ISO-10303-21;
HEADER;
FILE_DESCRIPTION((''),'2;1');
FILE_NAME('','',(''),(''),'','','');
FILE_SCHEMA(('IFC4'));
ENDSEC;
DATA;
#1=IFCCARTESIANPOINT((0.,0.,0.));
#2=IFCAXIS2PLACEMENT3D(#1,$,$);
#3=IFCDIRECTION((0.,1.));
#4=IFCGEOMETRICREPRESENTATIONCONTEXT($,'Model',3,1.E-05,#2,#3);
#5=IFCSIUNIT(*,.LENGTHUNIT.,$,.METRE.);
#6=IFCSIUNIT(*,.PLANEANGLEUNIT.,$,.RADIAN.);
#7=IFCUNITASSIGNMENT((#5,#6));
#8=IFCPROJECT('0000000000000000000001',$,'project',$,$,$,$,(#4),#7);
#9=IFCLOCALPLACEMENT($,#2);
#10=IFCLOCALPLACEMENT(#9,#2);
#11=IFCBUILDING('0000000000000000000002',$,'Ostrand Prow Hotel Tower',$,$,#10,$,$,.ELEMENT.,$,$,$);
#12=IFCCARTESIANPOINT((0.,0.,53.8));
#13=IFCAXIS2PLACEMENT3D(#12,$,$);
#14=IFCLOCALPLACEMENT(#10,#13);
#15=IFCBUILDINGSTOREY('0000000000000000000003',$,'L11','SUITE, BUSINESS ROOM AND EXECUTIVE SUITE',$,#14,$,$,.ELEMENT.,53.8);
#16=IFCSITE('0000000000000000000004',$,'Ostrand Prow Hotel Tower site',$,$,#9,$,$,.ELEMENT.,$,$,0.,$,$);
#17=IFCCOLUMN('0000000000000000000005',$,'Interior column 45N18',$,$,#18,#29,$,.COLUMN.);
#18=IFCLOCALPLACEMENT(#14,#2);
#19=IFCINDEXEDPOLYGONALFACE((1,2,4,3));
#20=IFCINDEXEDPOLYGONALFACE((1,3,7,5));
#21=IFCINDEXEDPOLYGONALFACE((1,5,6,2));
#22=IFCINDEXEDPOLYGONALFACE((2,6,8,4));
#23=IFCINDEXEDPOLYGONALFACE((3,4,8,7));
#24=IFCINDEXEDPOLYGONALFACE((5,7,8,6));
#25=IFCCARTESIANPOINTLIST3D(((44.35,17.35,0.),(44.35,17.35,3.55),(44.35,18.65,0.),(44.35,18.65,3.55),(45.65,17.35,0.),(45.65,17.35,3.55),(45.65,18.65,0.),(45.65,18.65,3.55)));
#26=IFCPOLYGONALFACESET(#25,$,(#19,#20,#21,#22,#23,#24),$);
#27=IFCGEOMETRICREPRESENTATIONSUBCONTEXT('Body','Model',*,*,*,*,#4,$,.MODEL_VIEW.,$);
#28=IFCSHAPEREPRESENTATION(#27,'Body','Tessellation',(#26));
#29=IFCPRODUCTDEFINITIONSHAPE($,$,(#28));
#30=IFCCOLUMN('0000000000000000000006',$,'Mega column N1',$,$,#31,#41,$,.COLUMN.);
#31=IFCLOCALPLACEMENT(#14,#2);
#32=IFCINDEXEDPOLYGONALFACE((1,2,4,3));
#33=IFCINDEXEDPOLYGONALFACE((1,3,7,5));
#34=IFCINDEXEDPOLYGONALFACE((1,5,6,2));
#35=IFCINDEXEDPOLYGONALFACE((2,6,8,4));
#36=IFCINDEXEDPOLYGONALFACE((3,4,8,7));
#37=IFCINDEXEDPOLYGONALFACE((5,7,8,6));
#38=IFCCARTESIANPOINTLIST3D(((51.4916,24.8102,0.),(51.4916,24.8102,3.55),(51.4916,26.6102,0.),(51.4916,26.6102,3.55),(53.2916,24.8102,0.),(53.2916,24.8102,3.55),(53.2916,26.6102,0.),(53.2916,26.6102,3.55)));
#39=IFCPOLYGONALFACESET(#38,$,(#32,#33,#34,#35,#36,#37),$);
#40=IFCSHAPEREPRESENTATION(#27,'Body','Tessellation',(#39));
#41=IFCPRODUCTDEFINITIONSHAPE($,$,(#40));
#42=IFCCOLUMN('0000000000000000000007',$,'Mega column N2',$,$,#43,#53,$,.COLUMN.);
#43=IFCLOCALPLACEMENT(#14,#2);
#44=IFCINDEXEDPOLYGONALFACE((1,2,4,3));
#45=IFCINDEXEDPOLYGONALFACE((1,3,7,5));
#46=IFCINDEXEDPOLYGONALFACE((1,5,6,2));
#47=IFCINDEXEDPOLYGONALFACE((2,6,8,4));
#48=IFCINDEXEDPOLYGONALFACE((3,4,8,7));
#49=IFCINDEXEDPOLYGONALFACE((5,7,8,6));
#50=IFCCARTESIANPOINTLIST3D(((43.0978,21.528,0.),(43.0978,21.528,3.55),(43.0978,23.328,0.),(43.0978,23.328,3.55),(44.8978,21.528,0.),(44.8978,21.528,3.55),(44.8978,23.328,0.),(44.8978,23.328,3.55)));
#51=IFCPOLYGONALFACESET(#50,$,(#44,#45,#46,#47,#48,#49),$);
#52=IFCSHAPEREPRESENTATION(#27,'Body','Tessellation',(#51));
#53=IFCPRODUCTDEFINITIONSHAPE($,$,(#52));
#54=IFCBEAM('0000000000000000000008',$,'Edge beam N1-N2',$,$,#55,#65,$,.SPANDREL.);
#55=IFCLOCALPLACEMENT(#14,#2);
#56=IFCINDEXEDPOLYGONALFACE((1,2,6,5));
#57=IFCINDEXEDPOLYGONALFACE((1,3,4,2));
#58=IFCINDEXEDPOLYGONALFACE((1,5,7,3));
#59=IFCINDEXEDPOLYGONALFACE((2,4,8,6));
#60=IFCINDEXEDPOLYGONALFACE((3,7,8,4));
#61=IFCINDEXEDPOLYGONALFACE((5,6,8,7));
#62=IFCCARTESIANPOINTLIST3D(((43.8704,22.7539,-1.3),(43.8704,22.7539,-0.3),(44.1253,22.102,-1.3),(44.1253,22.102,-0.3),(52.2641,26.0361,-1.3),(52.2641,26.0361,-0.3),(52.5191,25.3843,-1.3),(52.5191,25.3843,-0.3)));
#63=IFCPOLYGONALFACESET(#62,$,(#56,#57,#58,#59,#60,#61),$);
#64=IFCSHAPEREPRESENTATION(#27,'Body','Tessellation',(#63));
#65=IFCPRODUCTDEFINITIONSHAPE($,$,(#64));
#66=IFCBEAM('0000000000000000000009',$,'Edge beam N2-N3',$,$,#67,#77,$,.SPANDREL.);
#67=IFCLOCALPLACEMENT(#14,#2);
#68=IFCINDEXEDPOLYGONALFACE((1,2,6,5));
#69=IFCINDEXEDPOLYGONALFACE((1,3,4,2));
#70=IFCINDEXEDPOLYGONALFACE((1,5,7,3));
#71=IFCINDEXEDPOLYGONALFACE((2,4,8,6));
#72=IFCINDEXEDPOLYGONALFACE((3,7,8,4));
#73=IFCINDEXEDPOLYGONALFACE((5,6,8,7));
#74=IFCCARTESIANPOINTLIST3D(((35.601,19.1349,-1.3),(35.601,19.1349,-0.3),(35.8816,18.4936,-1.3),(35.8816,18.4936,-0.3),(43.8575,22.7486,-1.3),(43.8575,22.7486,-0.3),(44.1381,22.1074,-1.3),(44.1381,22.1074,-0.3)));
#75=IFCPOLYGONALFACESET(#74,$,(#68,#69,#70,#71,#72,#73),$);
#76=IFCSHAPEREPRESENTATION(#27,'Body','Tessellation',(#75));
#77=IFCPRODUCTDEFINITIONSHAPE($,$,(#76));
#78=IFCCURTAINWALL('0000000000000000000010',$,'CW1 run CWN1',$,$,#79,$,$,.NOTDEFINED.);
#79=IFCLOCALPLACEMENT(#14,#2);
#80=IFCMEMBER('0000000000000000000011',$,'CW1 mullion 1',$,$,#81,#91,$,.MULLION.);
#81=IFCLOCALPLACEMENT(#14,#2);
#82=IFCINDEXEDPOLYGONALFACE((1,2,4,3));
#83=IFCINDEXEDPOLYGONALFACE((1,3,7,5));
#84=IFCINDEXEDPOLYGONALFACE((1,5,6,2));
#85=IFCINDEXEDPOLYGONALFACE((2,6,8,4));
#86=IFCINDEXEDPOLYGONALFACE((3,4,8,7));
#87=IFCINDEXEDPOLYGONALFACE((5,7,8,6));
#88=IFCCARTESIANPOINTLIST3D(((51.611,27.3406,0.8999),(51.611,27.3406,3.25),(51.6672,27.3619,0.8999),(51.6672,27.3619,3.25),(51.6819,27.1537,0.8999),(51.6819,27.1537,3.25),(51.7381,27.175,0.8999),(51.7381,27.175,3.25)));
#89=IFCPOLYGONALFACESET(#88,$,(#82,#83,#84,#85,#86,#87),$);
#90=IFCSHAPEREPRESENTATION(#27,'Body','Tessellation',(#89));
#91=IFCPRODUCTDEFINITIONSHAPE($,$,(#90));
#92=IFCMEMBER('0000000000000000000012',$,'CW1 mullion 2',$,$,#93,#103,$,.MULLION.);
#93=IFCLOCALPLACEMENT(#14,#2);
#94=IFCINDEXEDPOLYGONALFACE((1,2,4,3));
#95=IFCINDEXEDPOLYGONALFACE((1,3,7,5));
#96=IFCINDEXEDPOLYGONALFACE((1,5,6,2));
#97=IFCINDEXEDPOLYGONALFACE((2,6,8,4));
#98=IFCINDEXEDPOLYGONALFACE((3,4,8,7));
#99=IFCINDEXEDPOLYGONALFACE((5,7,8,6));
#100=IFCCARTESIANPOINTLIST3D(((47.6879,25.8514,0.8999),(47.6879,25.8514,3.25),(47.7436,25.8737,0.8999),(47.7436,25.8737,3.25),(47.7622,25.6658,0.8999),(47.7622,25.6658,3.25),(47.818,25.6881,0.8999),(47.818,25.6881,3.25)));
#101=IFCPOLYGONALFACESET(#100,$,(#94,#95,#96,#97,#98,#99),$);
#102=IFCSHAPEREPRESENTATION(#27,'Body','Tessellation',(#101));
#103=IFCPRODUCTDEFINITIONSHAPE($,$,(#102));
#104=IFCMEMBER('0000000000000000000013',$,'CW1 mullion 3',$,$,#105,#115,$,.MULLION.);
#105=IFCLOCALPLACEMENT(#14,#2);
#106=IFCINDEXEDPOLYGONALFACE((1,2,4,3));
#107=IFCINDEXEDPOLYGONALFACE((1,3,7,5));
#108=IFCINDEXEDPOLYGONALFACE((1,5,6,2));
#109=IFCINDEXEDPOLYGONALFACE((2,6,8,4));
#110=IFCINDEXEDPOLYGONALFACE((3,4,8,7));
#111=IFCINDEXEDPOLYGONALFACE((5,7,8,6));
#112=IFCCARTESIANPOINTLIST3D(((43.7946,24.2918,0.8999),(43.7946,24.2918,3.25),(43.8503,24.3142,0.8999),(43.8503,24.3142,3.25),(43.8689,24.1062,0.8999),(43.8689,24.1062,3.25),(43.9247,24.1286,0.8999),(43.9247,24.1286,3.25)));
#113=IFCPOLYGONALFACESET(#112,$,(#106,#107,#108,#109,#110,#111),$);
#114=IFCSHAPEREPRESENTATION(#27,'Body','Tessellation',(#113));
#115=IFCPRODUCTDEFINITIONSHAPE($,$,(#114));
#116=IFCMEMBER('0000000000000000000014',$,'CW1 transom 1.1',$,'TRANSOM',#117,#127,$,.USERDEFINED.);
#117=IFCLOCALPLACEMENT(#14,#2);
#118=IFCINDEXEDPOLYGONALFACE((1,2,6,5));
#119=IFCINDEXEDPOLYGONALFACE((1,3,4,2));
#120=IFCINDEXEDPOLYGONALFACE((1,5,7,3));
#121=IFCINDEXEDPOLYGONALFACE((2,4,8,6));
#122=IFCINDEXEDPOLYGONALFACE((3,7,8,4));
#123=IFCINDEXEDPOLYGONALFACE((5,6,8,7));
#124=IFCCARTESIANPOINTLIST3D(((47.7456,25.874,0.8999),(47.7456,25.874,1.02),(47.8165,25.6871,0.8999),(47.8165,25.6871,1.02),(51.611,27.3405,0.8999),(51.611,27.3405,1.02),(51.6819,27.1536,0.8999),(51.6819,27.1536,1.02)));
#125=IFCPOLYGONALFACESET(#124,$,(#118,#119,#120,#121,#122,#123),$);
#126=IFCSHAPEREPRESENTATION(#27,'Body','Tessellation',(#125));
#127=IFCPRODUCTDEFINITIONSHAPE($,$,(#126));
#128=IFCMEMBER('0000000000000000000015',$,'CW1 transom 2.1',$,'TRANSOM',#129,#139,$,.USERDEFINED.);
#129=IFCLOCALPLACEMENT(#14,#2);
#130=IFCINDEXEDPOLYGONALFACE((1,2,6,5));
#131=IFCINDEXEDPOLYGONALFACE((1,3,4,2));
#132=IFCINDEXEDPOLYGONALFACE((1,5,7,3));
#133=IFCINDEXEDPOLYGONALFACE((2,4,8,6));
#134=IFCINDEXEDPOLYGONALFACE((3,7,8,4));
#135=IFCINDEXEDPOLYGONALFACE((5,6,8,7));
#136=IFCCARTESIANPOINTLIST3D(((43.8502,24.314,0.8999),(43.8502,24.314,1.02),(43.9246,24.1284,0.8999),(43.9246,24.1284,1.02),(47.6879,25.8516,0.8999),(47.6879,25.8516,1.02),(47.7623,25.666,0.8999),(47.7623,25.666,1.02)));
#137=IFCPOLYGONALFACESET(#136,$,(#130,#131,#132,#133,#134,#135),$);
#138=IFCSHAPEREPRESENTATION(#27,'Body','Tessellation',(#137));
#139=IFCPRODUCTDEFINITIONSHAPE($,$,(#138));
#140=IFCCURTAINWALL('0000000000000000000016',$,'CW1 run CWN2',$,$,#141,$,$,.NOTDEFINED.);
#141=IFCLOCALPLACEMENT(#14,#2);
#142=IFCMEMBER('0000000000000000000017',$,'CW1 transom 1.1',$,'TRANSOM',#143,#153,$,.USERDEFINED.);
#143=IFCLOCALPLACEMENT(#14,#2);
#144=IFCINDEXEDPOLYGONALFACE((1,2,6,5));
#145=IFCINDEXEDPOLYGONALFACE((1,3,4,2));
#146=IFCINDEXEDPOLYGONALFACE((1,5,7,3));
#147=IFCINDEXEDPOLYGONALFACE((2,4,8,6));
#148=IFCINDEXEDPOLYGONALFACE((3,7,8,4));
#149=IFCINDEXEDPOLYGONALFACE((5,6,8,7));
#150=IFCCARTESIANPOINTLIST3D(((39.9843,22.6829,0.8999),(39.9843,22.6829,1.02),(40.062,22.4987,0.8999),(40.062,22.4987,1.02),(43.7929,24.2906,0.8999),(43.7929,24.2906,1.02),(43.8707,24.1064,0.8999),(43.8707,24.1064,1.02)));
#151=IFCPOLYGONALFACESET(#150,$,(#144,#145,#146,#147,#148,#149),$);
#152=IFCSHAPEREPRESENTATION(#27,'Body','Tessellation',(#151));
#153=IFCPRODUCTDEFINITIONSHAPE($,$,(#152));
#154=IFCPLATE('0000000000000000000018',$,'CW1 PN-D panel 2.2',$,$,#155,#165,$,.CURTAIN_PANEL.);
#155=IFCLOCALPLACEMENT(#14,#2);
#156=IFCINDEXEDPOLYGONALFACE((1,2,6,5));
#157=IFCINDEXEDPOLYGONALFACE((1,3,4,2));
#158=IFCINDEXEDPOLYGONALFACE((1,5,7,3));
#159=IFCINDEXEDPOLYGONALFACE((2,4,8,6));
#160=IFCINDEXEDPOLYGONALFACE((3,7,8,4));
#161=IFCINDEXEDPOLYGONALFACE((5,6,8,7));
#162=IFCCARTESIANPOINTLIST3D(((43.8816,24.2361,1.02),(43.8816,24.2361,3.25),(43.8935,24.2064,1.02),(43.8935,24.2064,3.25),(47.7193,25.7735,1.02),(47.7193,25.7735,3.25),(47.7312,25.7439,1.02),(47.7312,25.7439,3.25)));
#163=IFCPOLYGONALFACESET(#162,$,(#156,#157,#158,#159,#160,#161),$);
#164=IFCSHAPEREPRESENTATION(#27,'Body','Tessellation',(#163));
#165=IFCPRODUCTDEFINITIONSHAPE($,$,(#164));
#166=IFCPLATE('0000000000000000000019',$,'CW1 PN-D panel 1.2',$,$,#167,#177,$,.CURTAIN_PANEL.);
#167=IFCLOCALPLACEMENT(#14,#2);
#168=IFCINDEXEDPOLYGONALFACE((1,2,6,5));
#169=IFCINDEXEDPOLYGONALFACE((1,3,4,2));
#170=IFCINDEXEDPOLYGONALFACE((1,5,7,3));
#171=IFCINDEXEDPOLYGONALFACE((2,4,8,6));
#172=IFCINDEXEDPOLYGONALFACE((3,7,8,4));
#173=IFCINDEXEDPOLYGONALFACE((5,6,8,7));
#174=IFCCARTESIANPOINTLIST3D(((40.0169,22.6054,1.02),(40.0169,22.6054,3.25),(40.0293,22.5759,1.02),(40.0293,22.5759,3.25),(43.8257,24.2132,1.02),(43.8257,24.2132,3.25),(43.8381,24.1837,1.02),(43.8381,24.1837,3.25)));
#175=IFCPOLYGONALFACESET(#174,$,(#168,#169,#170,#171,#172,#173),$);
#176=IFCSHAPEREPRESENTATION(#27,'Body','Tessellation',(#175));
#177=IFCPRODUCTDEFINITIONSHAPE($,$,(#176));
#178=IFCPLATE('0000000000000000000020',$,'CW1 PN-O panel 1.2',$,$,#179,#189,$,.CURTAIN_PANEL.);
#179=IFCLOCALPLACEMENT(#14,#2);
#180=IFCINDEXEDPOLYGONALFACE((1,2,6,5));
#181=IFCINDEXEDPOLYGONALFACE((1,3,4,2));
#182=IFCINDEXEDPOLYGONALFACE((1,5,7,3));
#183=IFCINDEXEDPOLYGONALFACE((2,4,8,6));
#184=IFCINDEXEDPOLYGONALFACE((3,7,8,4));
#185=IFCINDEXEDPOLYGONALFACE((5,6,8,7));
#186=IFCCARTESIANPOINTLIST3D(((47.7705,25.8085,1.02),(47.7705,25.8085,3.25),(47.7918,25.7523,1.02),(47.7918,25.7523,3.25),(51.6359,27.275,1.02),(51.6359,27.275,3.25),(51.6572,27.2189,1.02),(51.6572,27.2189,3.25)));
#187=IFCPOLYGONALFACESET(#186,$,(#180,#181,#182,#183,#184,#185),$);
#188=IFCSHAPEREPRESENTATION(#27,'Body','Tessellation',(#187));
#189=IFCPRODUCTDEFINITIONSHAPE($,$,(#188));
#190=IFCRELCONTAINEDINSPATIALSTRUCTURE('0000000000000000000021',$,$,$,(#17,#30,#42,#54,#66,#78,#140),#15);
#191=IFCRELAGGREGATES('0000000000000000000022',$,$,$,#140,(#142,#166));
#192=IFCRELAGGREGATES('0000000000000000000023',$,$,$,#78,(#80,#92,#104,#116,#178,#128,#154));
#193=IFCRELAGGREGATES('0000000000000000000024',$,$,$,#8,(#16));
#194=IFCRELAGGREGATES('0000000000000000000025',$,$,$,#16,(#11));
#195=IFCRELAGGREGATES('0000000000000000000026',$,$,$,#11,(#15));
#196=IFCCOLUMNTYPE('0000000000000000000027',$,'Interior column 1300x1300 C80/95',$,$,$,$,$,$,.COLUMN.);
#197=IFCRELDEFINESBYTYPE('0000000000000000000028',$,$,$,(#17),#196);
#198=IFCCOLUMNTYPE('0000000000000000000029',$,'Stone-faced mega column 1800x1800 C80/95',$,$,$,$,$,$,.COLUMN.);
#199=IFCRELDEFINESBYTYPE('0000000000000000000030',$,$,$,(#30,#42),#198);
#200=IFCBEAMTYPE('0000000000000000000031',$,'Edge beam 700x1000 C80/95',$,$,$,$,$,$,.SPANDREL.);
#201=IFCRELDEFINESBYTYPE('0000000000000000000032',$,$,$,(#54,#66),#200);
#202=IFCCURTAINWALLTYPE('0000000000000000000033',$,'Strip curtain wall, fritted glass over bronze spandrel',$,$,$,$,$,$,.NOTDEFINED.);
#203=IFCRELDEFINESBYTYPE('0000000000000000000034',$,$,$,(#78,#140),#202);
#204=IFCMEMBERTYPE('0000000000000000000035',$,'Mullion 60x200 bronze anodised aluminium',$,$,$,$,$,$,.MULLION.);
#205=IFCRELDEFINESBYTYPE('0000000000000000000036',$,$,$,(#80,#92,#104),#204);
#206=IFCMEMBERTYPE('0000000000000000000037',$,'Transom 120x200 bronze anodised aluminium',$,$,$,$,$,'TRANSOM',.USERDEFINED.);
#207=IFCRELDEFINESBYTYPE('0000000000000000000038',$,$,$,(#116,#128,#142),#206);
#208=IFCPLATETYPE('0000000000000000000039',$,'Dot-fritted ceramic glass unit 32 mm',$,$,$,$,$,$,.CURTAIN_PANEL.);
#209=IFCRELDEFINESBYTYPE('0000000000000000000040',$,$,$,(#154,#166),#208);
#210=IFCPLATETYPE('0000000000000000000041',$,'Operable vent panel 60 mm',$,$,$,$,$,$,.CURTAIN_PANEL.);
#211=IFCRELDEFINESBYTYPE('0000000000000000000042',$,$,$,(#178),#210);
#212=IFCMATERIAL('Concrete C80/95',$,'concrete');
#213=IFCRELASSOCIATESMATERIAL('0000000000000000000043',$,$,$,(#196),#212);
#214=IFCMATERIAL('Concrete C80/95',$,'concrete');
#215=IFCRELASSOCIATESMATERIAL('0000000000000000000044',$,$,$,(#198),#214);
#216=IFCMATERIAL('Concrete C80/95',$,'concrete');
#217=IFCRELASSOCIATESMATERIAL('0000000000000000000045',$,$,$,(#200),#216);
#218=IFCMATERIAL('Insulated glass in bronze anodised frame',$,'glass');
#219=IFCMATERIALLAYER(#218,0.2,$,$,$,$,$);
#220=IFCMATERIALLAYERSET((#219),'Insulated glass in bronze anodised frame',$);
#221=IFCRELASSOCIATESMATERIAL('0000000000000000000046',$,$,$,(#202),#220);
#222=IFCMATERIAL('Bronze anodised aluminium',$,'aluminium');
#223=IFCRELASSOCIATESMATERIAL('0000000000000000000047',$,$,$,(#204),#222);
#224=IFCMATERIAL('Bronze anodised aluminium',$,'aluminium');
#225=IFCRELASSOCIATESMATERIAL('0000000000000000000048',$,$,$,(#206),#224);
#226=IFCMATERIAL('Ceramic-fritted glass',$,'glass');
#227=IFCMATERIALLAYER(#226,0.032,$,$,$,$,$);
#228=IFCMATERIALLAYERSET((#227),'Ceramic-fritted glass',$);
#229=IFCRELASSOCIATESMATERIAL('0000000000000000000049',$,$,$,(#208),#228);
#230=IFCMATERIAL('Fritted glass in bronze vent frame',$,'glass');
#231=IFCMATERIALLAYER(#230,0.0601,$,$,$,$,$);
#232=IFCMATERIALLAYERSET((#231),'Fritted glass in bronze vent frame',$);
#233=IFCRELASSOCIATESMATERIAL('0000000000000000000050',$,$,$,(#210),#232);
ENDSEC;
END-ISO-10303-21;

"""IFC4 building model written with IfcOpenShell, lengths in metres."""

from ifc_helpers import new_model, si_unit, direction, frame, origin, origin_2d, place, context, subcontext, project, spatial, rectangle, extrude, material, layer, layer_set, material_profile, profile_set, type_object, element, aggregate, save


model = new_model("IFC4")

# Units and contexts
model_context = context("Model", 3, precision=1e-05, world=origin(), true_north=direction((0.0, 1.0)))
body_context = subcontext(model_context, "Body", "Model", "MODEL_VIEW")
ifc_project = project(units=[si_unit("LENGTHUNIT", "METRE"), si_unit("PLANEANGLEUNIT", "RADIAN")], contexts=[model_context])

# Site, building, storey
site_placement = place(None, origin())
site = spatial("IfcSite", under=ifc_project, at=site_placement, Name="Ostrand Prow Hotel Tower site", CompositionType="ELEMENT", RefElevation=0.0)
building_placement = place(site_placement, origin())
building = spatial("IfcBuilding", under=site, at=building_placement, Name="Ostrand Prow Hotel Tower", CompositionType="ELEMENT")
storey_placement = place(building_placement, frame((0.0, 0.0, 53.8)))
storey = spatial("IfcBuildingStorey", under=building, at=storey_placement, Name="L11", Description="SUITE, BUSINESS ROOM AND EXECUTIVE SUITE", CompositionType="ELEMENT", Elevation=53.8)

# Columns
ifc_material_1 = material(Name="Concrete C80/95", Category="concrete")
ifc_material_profile_1 = material_profile(ifc_material_1, rectangle(XDim=1.3, YDim=1.3, at=origin_2d()), Name="RC 1300x1300")
ifc_profile_set_1 = profile_set([ifc_material_profile_1], Name="Concrete C80/95")
column_type_1 = type_object("IfcColumnType", Name="Interior column 1300x1300 C80/95", PredefinedType="COLUMN", material=ifc_profile_set_1)
column_placement = place(storey_placement, frame((45.0, 18.0, 0.0), z_axis=(0.0, 0.0, 1.0), x_axis=(1.0, 0.0, 0.0)))
element("IfcColumn", 1, at=column_placement, inside=storey, type_object=column_type_1, Name="Interior column 45N18", PredefinedType="COLUMN", context=body_context, shape_type="SweptSolid", body=[
    extrude(rectangle(XDim=1.3, YDim=1.3, at=origin_2d()), origin(), (0.0, 0.0, 1.0), 3.55),
])
ifc_material_2 = material(Name="Concrete C80/95", Category="concrete")
ifc_material_profile_2 = material_profile(ifc_material_2, rectangle(XDim=1.8, YDim=1.8, at=origin_2d()), Name="RC 1800x1800")
ifc_profile_set_2 = profile_set([ifc_material_profile_2], Name="Concrete C80/95")
column_type_2 = type_object("IfcColumnType", Name="Stone-faced mega column 1800x1800 C80/95", PredefinedType="COLUMN", material=ifc_profile_set_2)
for number, where, z_axis, x_axis, name in (
    (2, (52.3916, 25.7102, 0.0), (0.0, 0.0, 1.0), (1.0, 0.0, 0.0), "Mega column N1"),
    (3, (43.9978, 22.428, 0.0), (0.0, 0.0, 1.0), (1.0, 0.0, 0.0), "Mega column N2"),
):
    element("IfcColumn", number, at=place(storey_placement, frame(where, z_axis=z_axis, x_axis=x_axis)), inside=storey, type_object=column_type_2, Name=name, PredefinedType="COLUMN", context=body_context, shape_type="SweptSolid", body=[
        extrude(rectangle(XDim=1.8, YDim=1.8, at=origin_2d()), origin(), (0.0, 0.0, 1.0), 3.55),
    ])

# Beams
ifc_material_3 = material(Name="Concrete C80/95", Category="concrete")
ifc_material_profile_3 = material_profile(ifc_material_3, rectangle(XDim=0.7, YDim=1.0, at=origin_2d()), Name="RC 700x1000")
ifc_profile_set_3 = profile_set([ifc_material_profile_3], Name="Concrete C80/95")
beam_type = type_object("IfcBeamType", Name="Edge beam 700x1000 C80/95", PredefinedType="SPANDREL", material=ifc_profile_set_3)
for number, where, z_axis, x_axis, name in (
    (4, (52.3916, 25.7102, -0.8), (-0.931329, -0.364178, 0.0), (0.364178, -0.931329, 0.0), "Edge beam N1-N2"),
    (5, (43.9978, 22.428, -0.8), (-0.916096, -0.40096, 0.0), (0.40096, -0.916096, 0.0), "Edge beam N2-N3"),
):
    element("IfcBeam", number, at=place(storey_placement, frame(where, z_axis=z_axis, x_axis=x_axis)), inside=storey, type_object=beam_type, Name=name, PredefinedType="SPANDREL", context=body_context, shape_type="SweptSolid", body=[
        extrude(rectangle(XDim=0.7, YDim=1.0, at=origin_2d()), origin(), (0.0, 0.0, 1.0), 9.0127),
    ])

# Curtain wall, members
ifc_material_4 = material(Name="Insulated glass in bronze anodised frame", Category="glass")
ifc_layer_1 = layer(ifc_material_4, 0.2)
ifc_layer_set_1 = layer_set([ifc_layer_1], Name="Insulated glass in bronze anodised frame")
curtain_wall_type = type_object("IfcCurtainWallType", Name="Strip curtain wall, fritted glass over bronze spandrel", PredefinedType="NOTDEFINED", material=ifc_layer_set_1)
curtain_wall_1_placement = place(storey_placement, origin())
curtain_wall_1 = element("IfcCurtainWall", 6, at=curtain_wall_1_placement, inside=storey, type_object=curtain_wall_type, Name="CW1 run CWN1", PredefinedType="NOTDEFINED")
ifc_material_5 = material(Name="Bronze anodised aluminium", Category="aluminium")
ifc_material_profile_4 = material_profile(ifc_material_5, rectangle(XDim=0.2, YDim=0.0601, at=origin_2d()), Name="Mullion 60x200 bronze anodised aluminium")
ifc_profile_set_4 = profile_set([ifc_material_profile_4], Name="Bronze anodised aluminium")
member_type_1 = type_object("IfcMemberType", Name="Mullion 60x200 bronze anodised aluminium", PredefinedType="MULLION", material=ifc_profile_set_4)
member_1_placement = place(storey_placement, frame((51.6746, 27.2578, 0.8999), z_axis=(0.0, 0.0, 1.0), x_axis=(0.354728, -0.934969, 0.0)))
member_1 = element("IfcMember", 7, at=member_1_placement, type_object=member_type_1, Name="CW1 mullion 1", PredefinedType="MULLION", context=body_context, shape_type="SweptSolid", body=[
    extrude(rectangle(XDim=0.2, YDim=0.0601, at=origin_2d()), origin(), (0.0, 0.0, 1.0), 2.3501),
])
member_2_placement = place(storey_placement, frame((47.7529, 25.7698, 0.8999), z_axis=(0.0, 0.0, 1.0), x_axis=(0.371873, -0.928283, 0.0)))
member_2 = element("IfcMember", 8, at=member_2_placement, type_object=member_type_1, Name="CW1 mullion 2", PredefinedType="MULLION", context=body_context, shape_type="SweptSolid", body=[
    extrude(rectangle(XDim=0.2, YDim=0.0601, at=origin_2d()), origin(), (0.0, 0.0, 1.0), 2.3501),
])
member_3_placement = place(storey_placement, frame((43.8596, 24.2102, 0.8999), z_axis=(0.0, 0.0, 1.0), x_axis=(0.371873, -0.928283, 0.0)))
member_3 = element("IfcMember", 9, at=member_3_placement, type_object=member_type_1, Name="CW1 mullion 3", PredefinedType="MULLION", context=body_context, shape_type="SweptSolid", body=[
    extrude(rectangle(XDim=0.2, YDim=0.0601, at=origin_2d()), origin(), (0.0, 0.0, 1.0), 2.3501),
])
ifc_material_6 = material(Name="Bronze anodised aluminium", Category="aluminium")
ifc_material_profile_5 = material_profile(ifc_material_6, rectangle(XDim=0.2, YDim=0.1201, at=origin_2d()), Name="Transom 120x200 bronze anodised aluminium")
ifc_profile_set_5 = profile_set([ifc_material_profile_5], Name="Bronze anodised aluminium")
member_type_2 = type_object("IfcMemberType", Name="Transom 120x200 bronze anodised aluminium", ElementType="TRANSOM", PredefinedType="USERDEFINED", material=ifc_profile_set_5)
member_4_placement = place(storey_placement, frame((51.6465, 27.2471, 0.96), z_axis=(-0.934971, -0.354725, 0.0), x_axis=(0.354725, -0.934971, 0.0)))
member_4 = element("IfcMember", 10, at=member_4_placement, type_object=member_type_2, Name="CW1 transom 1.1", ObjectType="TRANSOM", PredefinedType="USERDEFINED", context=body_context, shape_type="SweptSolid", body=[
    extrude(rectangle(XDim=0.2, YDim=0.1201, at=origin_2d()), origin(), (0.0, 0.0, 1.0), 4.1343),
])
member_5_placement = place(storey_placement, frame((47.7251, 25.7588, 0.96), z_axis=(-0.928265, -0.37192, 0.0), x_axis=(0.37192, -0.928265, 0.0)))
member_5 = element("IfcMember", 11, at=member_5_placement, type_object=member_type_2, Name="CW1 transom 2.1", ObjectType="TRANSOM", PredefinedType="USERDEFINED", context=body_context, shape_type="SweptSolid", body=[
    extrude(rectangle(XDim=0.2, YDim=0.1201, at=origin_2d()), origin(), (0.0, 0.0, 1.0), 4.1343),
])

# Curtain wall, member
curtain_wall_2_placement = place(storey_placement, origin())
curtain_wall_2 = element("IfcCurtainWall", 12, at=curtain_wall_2_placement, inside=storey, type_object=curtain_wall_type, Name="CW1 run CWN2", PredefinedType="NOTDEFINED")
member_6_placement = place(storey_placement, frame((43.8318, 24.1985, 0.96), z_axis=(-0.921285, -0.388888, 0.0), x_axis=(0.388888, -0.921285, 0.0)))
member_6 = element("IfcMember", 13, at=member_6_placement, type_object=member_type_2, Name="CW1 transom 1.1", ObjectType="TRANSOM", PredefinedType="USERDEFINED", context=body_context, shape_type="SweptSolid", body=[
    extrude(rectangle(XDim=0.2, YDim=0.1201, at=origin_2d()), origin(), (0.0, 0.0, 1.0), 4.134),
])

# Plates
ifc_material_7 = material(Name="Ceramic-fritted glass", Category="glass")
ifc_layer_2 = layer(ifc_material_7, 0.032)
ifc_layer_set_2 = layer_set([ifc_layer_2], Name="Ceramic-fritted glass")
plate_type_1 = type_object("IfcPlateType", Name="Dot-fritted ceramic glass unit 32 mm", PredefinedType="CURTAIN_PANEL", material=ifc_layer_set_2)
plate_1_placement = place(storey_placement, frame((45.8064, 24.99, 1.02), z_axis=(0.0, 0.0, 1.0), x_axis=(-0.928283, -0.371873, 0.0)))
plate_1 = element("IfcPlate", 14, at=plate_1_placement, type_object=plate_type_1, Name="CW1 PN-D panel 2.2", PredefinedType="CURTAIN_PANEL", context=body_context, shape_type="SweptSolid", body=[
    extrude(rectangle(XDim=4.1343, YDim=0.032, at=origin_2d()), origin(), (0.0, 0.0, 1.0), 2.23),
])
plate_2_placement = place(storey_placement, frame((41.9275, 23.3945, 1.02), z_axis=(0.0, 0.0, 1.0), x_axis=(-0.921283, -0.388892, 0.0)))
plate_2 = element("IfcPlate", 15, at=plate_2_placement, type_object=plate_type_1, Name="CW1 PN-D panel 1.2", PredefinedType="CURTAIN_PANEL", context=body_context, shape_type="SweptSolid", body=[
    extrude(rectangle(XDim=4.1343, YDim=0.032, at=origin_2d()), origin(), (0.0, 0.0, 1.0), 2.23),
])
aggregate(curtain_wall_2, [member_6, plate_2])
ifc_material_8 = material(Name="Fritted glass in bronze vent frame", Category="glass")
ifc_layer_3 = layer(ifc_material_8, 0.0601)
ifc_layer_set_3 = layer_set([ifc_layer_3], Name="Fritted glass in bronze vent frame")
plate_type_2 = type_object("IfcPlateType", Name="Operable vent panel 60 mm", PredefinedType="CURTAIN_PANEL", material=ifc_layer_set_3)
plate_3_placement = place(storey_placement, frame((49.7139, 26.5137, 1.02), z_axis=(0.0, 0.0, 1.0), x_axis=(-0.934969, -0.354728, 0.0)))
plate_3 = element("IfcPlate", 16, at=plate_3_placement, type_object=plate_type_2, Name="CW1 PN-O panel 1.2", PredefinedType="CURTAIN_PANEL", context=body_context, shape_type="SweptSolid", body=[
    extrude(rectangle(XDim=4.1343, YDim=0.0601, at=origin_2d()), origin(), (0.0, 0.0, 1.0), 2.23),
])
aggregate(curtain_wall_1, [member_1, member_2, member_3, member_4, plate_3, member_5, plate_1])

save(model, "model.ifc")
